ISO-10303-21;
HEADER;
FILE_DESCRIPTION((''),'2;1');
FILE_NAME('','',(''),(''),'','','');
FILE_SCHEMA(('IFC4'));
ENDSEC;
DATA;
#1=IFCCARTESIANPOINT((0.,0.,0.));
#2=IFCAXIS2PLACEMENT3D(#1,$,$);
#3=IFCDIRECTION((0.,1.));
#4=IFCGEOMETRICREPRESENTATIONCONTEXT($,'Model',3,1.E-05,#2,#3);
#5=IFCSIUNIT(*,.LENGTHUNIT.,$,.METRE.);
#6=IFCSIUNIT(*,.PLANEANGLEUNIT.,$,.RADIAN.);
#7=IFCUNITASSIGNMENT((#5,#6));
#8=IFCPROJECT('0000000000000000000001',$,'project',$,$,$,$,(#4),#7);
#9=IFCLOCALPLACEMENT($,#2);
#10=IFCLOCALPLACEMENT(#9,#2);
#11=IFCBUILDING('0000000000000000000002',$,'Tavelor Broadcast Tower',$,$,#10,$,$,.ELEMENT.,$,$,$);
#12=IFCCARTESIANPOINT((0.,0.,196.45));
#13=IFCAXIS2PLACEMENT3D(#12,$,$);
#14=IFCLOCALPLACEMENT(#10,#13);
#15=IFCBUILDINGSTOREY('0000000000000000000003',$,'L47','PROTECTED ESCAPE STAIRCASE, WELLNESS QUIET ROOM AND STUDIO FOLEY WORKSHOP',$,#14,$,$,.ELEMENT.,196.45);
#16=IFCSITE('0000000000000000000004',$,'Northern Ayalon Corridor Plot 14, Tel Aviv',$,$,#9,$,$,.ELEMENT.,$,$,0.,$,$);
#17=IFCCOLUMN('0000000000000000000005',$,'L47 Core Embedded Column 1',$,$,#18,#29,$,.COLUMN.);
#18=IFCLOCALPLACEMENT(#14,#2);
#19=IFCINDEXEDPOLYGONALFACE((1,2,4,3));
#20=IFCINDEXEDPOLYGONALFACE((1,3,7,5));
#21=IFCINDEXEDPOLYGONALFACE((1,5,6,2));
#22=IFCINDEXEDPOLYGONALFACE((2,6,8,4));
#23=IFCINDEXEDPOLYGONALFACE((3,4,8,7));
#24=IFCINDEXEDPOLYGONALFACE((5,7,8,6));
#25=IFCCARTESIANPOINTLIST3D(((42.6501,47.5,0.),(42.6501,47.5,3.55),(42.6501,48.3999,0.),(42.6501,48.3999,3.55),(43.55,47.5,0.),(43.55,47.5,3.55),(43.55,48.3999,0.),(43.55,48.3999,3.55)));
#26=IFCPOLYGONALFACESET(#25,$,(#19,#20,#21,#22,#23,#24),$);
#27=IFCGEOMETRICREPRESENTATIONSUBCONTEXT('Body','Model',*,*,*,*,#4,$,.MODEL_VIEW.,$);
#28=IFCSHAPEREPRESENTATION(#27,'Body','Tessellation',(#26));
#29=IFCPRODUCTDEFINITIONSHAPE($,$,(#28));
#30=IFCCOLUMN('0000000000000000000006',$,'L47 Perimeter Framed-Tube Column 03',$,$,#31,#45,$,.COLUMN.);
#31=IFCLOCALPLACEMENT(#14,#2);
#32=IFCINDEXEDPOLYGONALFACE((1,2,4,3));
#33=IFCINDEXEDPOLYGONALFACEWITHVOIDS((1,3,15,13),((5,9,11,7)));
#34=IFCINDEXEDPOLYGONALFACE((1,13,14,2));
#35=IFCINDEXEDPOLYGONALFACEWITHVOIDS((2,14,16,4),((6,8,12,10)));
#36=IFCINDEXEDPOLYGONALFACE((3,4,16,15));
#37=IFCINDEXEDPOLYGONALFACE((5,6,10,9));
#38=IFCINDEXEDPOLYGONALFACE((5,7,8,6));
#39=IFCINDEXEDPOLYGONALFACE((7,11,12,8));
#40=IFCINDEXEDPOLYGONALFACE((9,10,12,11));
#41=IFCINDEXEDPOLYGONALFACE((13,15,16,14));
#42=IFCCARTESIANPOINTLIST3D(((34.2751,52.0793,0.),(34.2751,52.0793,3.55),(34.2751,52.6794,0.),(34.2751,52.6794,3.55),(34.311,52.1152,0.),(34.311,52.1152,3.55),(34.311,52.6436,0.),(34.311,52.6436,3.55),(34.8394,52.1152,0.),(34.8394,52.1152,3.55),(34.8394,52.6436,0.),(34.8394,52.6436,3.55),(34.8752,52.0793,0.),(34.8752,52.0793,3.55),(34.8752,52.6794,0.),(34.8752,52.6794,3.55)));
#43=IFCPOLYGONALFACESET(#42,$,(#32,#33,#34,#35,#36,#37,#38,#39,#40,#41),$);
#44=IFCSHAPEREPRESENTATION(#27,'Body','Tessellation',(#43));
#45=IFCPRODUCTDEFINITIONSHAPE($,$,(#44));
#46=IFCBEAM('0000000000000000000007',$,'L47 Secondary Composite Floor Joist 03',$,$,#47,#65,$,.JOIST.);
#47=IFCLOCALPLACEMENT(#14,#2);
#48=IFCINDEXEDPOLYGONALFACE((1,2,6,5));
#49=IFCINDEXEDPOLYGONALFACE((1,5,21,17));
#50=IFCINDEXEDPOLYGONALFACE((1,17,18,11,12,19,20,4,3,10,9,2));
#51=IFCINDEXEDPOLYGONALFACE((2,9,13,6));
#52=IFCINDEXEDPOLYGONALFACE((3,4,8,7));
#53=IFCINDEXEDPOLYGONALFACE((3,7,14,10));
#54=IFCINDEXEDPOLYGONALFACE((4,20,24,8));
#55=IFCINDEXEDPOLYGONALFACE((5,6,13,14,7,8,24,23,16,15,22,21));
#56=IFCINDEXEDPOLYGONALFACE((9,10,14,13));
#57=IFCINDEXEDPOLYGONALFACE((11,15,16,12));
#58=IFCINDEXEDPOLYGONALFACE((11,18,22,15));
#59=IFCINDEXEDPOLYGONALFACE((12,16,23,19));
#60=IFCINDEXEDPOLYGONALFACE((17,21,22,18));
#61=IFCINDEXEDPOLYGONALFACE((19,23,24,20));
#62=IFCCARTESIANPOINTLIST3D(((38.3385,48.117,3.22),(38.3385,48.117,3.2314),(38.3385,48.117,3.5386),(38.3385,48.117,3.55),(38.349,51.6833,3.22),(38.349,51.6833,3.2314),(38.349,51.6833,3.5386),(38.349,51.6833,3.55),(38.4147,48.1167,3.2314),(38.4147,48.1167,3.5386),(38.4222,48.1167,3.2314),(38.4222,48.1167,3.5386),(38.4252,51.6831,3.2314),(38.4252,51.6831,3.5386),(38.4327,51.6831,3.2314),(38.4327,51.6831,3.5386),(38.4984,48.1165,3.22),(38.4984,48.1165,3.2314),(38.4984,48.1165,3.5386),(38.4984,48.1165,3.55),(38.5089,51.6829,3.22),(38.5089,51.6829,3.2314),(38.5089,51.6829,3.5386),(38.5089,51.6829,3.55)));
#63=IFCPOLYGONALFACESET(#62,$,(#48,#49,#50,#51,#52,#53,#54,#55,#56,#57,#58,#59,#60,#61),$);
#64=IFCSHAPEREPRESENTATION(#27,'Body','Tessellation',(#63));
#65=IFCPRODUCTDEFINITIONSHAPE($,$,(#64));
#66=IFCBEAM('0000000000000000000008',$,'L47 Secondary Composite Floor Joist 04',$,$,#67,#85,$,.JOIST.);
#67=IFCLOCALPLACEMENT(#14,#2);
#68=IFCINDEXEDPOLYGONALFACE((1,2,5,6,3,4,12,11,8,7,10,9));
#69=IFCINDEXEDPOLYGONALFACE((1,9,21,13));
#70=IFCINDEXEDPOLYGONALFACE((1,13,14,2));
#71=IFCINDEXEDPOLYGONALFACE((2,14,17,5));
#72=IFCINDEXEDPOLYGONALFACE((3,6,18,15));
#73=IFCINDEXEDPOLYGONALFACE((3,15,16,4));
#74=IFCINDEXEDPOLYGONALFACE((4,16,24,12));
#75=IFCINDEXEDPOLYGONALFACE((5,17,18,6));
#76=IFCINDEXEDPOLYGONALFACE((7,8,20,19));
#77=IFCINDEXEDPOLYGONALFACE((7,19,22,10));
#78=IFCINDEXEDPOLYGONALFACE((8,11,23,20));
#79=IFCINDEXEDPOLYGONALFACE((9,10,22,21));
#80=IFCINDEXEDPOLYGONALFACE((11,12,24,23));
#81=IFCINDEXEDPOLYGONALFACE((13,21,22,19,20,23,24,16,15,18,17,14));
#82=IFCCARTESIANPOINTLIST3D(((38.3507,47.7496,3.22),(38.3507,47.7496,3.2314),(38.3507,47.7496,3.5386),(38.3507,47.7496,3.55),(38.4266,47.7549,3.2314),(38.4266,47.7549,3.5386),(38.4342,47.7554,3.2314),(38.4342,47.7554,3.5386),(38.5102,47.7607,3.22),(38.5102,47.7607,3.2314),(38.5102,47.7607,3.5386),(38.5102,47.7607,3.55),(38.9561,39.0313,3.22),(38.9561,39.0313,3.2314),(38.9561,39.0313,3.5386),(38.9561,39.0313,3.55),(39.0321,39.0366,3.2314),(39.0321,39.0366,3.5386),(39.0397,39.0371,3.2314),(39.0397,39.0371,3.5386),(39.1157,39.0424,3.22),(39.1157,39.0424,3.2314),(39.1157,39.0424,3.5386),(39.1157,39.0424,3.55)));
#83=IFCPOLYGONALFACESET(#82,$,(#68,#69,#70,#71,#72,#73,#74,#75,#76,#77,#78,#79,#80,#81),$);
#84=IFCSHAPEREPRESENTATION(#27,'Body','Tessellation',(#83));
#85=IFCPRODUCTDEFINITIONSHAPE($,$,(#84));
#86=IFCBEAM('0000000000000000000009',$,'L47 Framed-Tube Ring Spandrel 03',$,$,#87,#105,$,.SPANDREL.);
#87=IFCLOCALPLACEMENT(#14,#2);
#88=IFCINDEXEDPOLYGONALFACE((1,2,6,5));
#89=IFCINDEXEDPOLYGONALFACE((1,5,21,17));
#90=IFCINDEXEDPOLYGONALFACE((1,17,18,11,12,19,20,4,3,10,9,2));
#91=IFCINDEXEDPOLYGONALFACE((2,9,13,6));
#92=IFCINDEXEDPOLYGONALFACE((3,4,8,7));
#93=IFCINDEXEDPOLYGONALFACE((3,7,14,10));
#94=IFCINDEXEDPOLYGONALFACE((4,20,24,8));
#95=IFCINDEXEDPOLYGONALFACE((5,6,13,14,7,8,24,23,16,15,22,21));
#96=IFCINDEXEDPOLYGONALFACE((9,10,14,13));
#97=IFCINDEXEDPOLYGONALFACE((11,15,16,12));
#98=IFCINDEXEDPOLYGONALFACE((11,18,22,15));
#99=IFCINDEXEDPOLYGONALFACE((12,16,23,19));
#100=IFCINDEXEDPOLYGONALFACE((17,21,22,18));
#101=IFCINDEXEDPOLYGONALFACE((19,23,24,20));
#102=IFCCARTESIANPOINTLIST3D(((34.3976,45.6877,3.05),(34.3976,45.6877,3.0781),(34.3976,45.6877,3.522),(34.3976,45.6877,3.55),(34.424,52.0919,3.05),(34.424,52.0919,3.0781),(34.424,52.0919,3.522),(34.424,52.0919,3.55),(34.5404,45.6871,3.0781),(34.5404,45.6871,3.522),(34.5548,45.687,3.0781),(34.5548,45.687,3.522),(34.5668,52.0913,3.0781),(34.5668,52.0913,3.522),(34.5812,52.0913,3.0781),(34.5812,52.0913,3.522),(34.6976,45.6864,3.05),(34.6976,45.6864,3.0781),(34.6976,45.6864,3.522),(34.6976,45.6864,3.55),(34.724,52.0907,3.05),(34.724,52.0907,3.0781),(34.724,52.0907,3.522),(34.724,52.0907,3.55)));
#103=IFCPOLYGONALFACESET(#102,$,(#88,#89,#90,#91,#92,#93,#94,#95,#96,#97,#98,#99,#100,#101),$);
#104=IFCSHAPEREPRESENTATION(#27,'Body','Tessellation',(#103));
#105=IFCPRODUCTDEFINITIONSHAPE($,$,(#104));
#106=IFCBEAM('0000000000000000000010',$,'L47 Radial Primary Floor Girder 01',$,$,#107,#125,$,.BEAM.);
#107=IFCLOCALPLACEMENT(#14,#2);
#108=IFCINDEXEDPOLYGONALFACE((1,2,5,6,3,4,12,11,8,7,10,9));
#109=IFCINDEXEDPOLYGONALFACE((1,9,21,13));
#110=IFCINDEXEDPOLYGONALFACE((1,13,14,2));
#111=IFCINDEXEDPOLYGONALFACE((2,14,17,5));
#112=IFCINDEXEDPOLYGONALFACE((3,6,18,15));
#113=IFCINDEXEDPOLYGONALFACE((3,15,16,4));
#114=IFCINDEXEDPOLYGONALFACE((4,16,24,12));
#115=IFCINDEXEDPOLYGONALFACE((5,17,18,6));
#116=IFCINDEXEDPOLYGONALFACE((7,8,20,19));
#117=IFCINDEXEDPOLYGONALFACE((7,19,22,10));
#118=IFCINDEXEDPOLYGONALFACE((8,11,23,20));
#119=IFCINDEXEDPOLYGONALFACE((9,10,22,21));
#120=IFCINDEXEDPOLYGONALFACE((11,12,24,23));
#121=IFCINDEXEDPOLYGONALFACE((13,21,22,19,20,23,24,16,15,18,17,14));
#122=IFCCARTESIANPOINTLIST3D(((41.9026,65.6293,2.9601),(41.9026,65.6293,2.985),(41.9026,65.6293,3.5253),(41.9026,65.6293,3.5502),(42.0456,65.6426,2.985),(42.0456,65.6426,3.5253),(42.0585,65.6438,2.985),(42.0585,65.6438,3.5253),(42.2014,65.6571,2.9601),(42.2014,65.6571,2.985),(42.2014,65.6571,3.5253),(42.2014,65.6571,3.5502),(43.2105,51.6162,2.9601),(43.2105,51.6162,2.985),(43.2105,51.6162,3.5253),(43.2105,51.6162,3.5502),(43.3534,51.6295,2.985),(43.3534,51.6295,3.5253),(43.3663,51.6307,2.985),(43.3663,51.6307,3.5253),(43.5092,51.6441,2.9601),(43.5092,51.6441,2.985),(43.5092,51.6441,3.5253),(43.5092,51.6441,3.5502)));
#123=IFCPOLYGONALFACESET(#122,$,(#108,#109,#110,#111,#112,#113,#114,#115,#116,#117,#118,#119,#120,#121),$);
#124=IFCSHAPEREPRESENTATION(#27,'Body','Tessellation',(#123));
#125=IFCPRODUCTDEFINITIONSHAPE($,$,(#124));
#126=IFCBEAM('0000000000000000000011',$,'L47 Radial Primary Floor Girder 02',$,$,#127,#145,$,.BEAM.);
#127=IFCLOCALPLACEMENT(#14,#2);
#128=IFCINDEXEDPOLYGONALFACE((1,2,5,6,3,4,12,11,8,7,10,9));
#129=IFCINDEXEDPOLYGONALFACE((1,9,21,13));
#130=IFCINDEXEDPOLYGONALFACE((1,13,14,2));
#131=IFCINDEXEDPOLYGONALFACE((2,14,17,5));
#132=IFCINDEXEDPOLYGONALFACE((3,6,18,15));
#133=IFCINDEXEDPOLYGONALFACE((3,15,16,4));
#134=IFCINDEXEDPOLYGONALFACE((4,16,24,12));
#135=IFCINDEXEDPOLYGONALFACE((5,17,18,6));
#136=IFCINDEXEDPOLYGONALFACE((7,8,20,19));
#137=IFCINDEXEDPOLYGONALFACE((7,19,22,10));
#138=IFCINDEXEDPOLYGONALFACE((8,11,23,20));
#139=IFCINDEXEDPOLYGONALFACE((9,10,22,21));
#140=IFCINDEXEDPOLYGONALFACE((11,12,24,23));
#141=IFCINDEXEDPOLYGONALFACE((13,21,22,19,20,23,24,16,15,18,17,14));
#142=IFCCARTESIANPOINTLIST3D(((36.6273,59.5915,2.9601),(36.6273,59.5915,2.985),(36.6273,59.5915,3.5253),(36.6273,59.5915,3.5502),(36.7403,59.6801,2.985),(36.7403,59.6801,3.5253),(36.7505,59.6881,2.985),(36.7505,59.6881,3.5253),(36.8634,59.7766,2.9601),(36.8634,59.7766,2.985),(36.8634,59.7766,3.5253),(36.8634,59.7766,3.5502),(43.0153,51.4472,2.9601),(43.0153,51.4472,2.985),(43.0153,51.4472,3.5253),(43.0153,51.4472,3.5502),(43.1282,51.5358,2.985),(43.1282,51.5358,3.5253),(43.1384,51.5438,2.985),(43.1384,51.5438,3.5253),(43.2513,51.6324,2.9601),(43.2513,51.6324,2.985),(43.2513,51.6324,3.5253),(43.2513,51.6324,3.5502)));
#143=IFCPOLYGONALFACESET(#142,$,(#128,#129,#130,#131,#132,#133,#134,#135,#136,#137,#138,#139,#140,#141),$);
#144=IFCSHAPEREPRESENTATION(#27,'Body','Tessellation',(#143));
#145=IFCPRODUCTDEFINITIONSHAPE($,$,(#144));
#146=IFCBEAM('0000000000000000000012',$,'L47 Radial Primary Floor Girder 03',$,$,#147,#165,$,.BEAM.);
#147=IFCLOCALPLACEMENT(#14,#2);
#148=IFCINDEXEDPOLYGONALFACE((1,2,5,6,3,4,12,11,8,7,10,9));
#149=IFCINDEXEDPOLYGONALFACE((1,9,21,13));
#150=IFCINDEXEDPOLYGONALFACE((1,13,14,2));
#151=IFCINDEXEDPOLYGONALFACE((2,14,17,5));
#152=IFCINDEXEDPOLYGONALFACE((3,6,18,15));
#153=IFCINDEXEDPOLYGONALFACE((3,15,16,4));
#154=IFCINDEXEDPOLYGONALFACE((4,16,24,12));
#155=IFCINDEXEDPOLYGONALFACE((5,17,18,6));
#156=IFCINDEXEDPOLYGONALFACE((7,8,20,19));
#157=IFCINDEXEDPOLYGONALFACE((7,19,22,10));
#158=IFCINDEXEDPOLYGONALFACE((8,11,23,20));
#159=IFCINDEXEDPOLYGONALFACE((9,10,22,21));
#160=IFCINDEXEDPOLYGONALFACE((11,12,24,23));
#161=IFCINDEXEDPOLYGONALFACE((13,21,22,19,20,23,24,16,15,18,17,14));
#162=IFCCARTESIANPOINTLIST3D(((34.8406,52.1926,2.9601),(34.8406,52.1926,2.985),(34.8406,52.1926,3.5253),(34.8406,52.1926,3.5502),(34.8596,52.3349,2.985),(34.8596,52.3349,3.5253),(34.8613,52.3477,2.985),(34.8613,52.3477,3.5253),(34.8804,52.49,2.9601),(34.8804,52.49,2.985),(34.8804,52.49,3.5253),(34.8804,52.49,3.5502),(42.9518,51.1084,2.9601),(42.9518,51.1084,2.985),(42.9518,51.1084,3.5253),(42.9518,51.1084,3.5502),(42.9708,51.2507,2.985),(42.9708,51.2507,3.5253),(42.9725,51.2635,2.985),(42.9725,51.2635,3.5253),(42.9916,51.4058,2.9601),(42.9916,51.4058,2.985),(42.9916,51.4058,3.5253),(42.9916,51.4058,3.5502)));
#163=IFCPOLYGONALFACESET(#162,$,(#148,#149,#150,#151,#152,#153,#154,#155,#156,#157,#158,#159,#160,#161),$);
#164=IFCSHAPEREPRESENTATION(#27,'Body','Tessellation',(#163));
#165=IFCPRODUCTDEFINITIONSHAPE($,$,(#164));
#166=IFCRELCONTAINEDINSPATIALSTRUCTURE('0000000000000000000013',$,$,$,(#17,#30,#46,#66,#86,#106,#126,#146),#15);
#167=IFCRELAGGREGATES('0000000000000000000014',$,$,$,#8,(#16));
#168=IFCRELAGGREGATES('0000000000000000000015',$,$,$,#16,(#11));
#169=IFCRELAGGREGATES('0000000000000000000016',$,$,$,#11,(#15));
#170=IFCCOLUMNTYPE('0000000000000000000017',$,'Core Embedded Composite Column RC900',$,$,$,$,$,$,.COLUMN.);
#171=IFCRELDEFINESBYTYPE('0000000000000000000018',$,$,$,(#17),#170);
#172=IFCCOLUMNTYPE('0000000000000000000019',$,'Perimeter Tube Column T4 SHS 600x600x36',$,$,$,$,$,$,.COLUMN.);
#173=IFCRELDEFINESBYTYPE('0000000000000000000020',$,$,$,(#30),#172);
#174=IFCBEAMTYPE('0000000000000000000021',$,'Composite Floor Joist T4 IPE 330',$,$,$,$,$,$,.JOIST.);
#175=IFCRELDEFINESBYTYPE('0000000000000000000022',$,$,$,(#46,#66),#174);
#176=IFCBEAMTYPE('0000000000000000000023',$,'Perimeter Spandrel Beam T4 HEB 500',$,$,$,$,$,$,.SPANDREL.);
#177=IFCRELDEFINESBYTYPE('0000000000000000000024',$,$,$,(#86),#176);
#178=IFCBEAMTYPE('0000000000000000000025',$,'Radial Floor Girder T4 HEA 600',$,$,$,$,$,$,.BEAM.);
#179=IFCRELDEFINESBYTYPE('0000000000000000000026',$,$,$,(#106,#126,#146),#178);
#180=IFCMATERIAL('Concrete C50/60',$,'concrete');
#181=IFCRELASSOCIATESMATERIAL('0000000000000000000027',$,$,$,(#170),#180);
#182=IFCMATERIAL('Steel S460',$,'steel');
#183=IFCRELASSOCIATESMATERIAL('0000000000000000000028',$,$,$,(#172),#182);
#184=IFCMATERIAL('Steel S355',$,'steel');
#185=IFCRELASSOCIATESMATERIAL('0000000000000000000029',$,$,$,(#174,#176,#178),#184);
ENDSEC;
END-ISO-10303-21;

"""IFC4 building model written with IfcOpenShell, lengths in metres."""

from ifc_helpers import new_model, si_unit, direction, frame, origin, origin_2d, place, context, subcontext, project, spatial, rectangle, hollow_rectangle, i_section, extrude, material, material_profile, profile_set, type_object, element, save


model = new_model("IFC4")

# Units and contexts
model_context = context("Model", 3, precision=1e-05, world=origin(), true_north=direction((0.0, 1.0)))
body_context = subcontext(model_context, "Body", "Model", "MODEL_VIEW")
ifc_project = project(units=[si_unit("LENGTHUNIT", "METRE"), si_unit("PLANEANGLEUNIT", "RADIAN")], contexts=[model_context])

# Site, building, storey
site_placement = place(None, origin())
site = spatial("IfcSite", under=ifc_project, at=site_placement, Name="Northern Ayalon Corridor Plot 14, Tel Aviv", CompositionType="ELEMENT", RefElevation=0.0)
building_placement = place(site_placement, origin())
building = spatial("IfcBuilding", under=site, at=building_placement, Name="Tavelor Broadcast Tower", CompositionType="ELEMENT")
storey_placement = place(building_placement, frame((0.0, 0.0, 196.45)))
storey = spatial("IfcBuildingStorey", under=building, at=storey_placement, Name="L47", Description="PROTECTED ESCAPE STAIRCASE, WELLNESS QUIET ROOM AND STUDIO FOLEY WORKSHOP", CompositionType="ELEMENT", Elevation=196.45)

# Columns
ifc_material_1 = material(Name="Concrete C50/60", Category="concrete")
ifc_material_profile_1 = material_profile(ifc_material_1, rectangle(XDim=0.8999, YDim=0.8999, at=origin_2d()), Name="RC 900x900")
ifc_profile_set_1 = profile_set([ifc_material_profile_1], Name="Concrete C50/60")
column_type_1 = type_object("IfcColumnType", Name="Core Embedded Composite Column RC900", PredefinedType="COLUMN", material=ifc_profile_set_1)
column_1_placement = place(storey_placement, frame((43.1001, 47.95, 0.0), z_axis=(0.0, 0.0, 1.0), x_axis=(1.0, 0.0, 0.0)))
element("IfcColumn", 1, at=column_1_placement, inside=storey, type_object=column_type_1, Name="L47 Core Embedded Column 1", PredefinedType="COLUMN", context=body_context, shape_type="SweptSolid", body=[
    extrude(rectangle(XDim=0.8999, YDim=0.8999, at=origin_2d()), origin(), (0.0, 0.0, 1.0), 3.55),
])
ifc_material_2 = material(Name="Steel S460", Category="steel")
ifc_material_profile_2 = material_profile(ifc_material_2, hollow_rectangle(XDim=0.6001, YDim=0.6001, WallThickness=0.0359, at=origin_2d()), Name="SHS 600x600x36")
ifc_profile_set_2 = profile_set([ifc_material_profile_2], Name="Steel S460")
column_type_2 = type_object("IfcColumnType", Name="Perimeter Tube Column T4 SHS 600x600x36", PredefinedType="COLUMN", material=ifc_profile_set_2)
column_2_placement = place(storey_placement, frame((34.5752, 52.3794, 0.0), z_axis=(0.0, 0.0, 1.0), x_axis=(1.0, 0.0, 0.0)))
element("IfcColumn", 2, at=column_2_placement, inside=storey, type_object=column_type_2, Name="L47 Perimeter Framed-Tube Column 03", PredefinedType="COLUMN", context=body_context, shape_type="SweptSolid", body=[
    extrude(hollow_rectangle(XDim=0.6001, YDim=0.6001, WallThickness=0.0359, at=origin_2d()), origin(), (0.0, 0.0, 1.0), 3.55),
])

# Beams
ifc_material_3 = material(Name="Steel S355", Category="steel")
ifc_material_profile_3 = material_profile(ifc_material_3, i_section(OverallWidth=0.1599, OverallDepth=0.3301, WebThickness=0.0076, FlangeThickness=0.0115, at=origin_2d()), Name="IPE 330")
ifc_profile_set_3 = profile_set([ifc_material_profile_3], Name="Steel S355")
beam_type_1 = type_object("IfcBeamType", Name="Composite Floor Joist T4 IPE 330", PredefinedType="JOIST", material=ifc_profile_set_3)
beam_1_placement = place(storey_placement, frame((38.429, 51.6831, 3.385), z_axis=(-0.002944, -0.999996, 0.0), x_axis=(0.999996, -0.002944, 0.0)))
element("IfcBeam", 3, at=beam_1_placement, inside=storey, type_object=beam_type_1, Name="L47 Secondary Composite Floor Joist 03", PredefinedType="JOIST", context=body_context, shape_type="SweptSolid", body=[
    extrude(i_section(OverallWidth=0.1599, OverallDepth=0.3301, WebThickness=0.0076, FlangeThickness=0.0115, at=origin_2d()), origin(), (0.0, 0.0, 1.0), 3.5664),
])
beam_2_placement = place(storey_placement, frame((38.4304, 47.7551, 3.385), z_axis=(0.069281, -0.997597, 0.0), x_axis=(0.997597, 0.069281, 0.0)))
element("IfcBeam", 4, at=beam_2_placement, inside=storey, type_object=beam_type_1, Name="L47 Secondary Composite Floor Joist 04", PredefinedType="JOIST", context=body_context, shape_type="SweptSolid", body=[
    extrude(i_section(OverallWidth=0.1599, OverallDepth=0.3301, WebThickness=0.0076, FlangeThickness=0.0115, at=origin_2d()), origin(), (0.0, 0.0, 1.0), 8.7393),
])
ifc_material_profile_4 = material_profile(ifc_material_3, i_section(OverallWidth=0.3, OverallDepth=0.5, WebThickness=0.0144, FlangeThickness=0.0281, at=origin_2d()), Name="HEB 500")
ifc_profile_set_4 = profile_set([ifc_material_profile_4], Name="Steel S355")
beam_type_2 = type_object("IfcBeamType", Name="Perimeter Spandrel Beam T4 HEB 500", PredefinedType="SPANDREL", material=ifc_profile_set_4)
beam_3_placement = place(storey_placement, frame((34.574, 52.0913, 3.3), z_axis=(-0.004117, -0.999992, 0.0), x_axis=(0.999992, -0.004117, 0.0)))
element("IfcBeam", 5, at=beam_3_placement, inside=storey, type_object=beam_type_2, Name="L47 Framed-Tube Ring Spandrel 03", PredefinedType="SPANDREL", context=body_context, shape_type="SweptSolid", body=[
    extrude(i_section(OverallWidth=0.3, OverallDepth=0.5, WebThickness=0.0144, FlangeThickness=0.0281, at=origin_2d()), origin(), (0.0, 0.0, 1.0), 6.4043),
])
ifc_material_profile_5 = material_profile(ifc_material_3, i_section(OverallWidth=0.3, OverallDepth=0.5901, WebThickness=0.0129, FlangeThickness=0.0249, at=origin_2d()), Name="HEA 600")
ifc_profile_set_5 = profile_set([ifc_material_profile_5], Name="Steel S355")
beam_type_3 = type_object("IfcBeamType", Name="Radial Floor Girder T4 HEA 600", PredefinedType="BEAM", material=ifc_profile_set_5)
beam_4_placement = place(storey_placement, frame((43.3599, 51.6301, 3.2551), z_axis=(-0.092927, 0.995673, 0.0), x_axis=(-0.995673, -0.092927, 0.0)))
element("IfcBeam", 6, at=beam_4_placement, inside=storey, type_object=beam_type_3, Name="L47 Radial Primary Floor Girder 01", PredefinedType="BEAM", context=body_context, shape_type="SweptSolid", body=[
    extrude(i_section(OverallWidth=0.3, OverallDepth=0.5901, WebThickness=0.0129, FlangeThickness=0.0249, at=origin_2d()), origin(), (0.0, 0.0, 1.0), 14.074),
])
beam_5_placement = place(storey_placement, frame((43.1333, 51.5398, 3.2551), z_axis=(-0.617156, 0.786841, 0.0), x_axis=(-0.786841, -0.617156, 0.0)))
element("IfcBeam", 7, at=beam_5_placement, inside=storey, type_object=beam_type_3, Name="L47 Radial Primary Floor Girder 02", PredefinedType="BEAM", context=body_context, shape_type="SweptSolid", body=[
    extrude(i_section(OverallWidth=0.3, OverallDepth=0.5901, WebThickness=0.0129, FlangeThickness=0.0249, at=origin_2d()), origin(), (0.0, 0.0, 1.0), 10.3506),
])
beam_6_placement = place(storey_placement, frame((42.9717, 51.2571, 3.2551), z_axis=(-0.991184, 0.132494, 0.0), x_axis=(-0.132494, -0.991184, 0.0)))
element("IfcBeam", 8, at=beam_6_placement, inside=storey, type_object=beam_type_3, Name="L47 Radial Primary Floor Girder 03", PredefinedType="BEAM", context=body_context, shape_type="SweptSolid", body=[
    extrude(i_section(OverallWidth=0.3, OverallDepth=0.5901, WebThickness=0.0129, FlangeThickness=0.0249, at=origin_2d()), origin(), (0.0, 0.0, 1.0), 8.1833),
])

save(model, "model.ifc")
